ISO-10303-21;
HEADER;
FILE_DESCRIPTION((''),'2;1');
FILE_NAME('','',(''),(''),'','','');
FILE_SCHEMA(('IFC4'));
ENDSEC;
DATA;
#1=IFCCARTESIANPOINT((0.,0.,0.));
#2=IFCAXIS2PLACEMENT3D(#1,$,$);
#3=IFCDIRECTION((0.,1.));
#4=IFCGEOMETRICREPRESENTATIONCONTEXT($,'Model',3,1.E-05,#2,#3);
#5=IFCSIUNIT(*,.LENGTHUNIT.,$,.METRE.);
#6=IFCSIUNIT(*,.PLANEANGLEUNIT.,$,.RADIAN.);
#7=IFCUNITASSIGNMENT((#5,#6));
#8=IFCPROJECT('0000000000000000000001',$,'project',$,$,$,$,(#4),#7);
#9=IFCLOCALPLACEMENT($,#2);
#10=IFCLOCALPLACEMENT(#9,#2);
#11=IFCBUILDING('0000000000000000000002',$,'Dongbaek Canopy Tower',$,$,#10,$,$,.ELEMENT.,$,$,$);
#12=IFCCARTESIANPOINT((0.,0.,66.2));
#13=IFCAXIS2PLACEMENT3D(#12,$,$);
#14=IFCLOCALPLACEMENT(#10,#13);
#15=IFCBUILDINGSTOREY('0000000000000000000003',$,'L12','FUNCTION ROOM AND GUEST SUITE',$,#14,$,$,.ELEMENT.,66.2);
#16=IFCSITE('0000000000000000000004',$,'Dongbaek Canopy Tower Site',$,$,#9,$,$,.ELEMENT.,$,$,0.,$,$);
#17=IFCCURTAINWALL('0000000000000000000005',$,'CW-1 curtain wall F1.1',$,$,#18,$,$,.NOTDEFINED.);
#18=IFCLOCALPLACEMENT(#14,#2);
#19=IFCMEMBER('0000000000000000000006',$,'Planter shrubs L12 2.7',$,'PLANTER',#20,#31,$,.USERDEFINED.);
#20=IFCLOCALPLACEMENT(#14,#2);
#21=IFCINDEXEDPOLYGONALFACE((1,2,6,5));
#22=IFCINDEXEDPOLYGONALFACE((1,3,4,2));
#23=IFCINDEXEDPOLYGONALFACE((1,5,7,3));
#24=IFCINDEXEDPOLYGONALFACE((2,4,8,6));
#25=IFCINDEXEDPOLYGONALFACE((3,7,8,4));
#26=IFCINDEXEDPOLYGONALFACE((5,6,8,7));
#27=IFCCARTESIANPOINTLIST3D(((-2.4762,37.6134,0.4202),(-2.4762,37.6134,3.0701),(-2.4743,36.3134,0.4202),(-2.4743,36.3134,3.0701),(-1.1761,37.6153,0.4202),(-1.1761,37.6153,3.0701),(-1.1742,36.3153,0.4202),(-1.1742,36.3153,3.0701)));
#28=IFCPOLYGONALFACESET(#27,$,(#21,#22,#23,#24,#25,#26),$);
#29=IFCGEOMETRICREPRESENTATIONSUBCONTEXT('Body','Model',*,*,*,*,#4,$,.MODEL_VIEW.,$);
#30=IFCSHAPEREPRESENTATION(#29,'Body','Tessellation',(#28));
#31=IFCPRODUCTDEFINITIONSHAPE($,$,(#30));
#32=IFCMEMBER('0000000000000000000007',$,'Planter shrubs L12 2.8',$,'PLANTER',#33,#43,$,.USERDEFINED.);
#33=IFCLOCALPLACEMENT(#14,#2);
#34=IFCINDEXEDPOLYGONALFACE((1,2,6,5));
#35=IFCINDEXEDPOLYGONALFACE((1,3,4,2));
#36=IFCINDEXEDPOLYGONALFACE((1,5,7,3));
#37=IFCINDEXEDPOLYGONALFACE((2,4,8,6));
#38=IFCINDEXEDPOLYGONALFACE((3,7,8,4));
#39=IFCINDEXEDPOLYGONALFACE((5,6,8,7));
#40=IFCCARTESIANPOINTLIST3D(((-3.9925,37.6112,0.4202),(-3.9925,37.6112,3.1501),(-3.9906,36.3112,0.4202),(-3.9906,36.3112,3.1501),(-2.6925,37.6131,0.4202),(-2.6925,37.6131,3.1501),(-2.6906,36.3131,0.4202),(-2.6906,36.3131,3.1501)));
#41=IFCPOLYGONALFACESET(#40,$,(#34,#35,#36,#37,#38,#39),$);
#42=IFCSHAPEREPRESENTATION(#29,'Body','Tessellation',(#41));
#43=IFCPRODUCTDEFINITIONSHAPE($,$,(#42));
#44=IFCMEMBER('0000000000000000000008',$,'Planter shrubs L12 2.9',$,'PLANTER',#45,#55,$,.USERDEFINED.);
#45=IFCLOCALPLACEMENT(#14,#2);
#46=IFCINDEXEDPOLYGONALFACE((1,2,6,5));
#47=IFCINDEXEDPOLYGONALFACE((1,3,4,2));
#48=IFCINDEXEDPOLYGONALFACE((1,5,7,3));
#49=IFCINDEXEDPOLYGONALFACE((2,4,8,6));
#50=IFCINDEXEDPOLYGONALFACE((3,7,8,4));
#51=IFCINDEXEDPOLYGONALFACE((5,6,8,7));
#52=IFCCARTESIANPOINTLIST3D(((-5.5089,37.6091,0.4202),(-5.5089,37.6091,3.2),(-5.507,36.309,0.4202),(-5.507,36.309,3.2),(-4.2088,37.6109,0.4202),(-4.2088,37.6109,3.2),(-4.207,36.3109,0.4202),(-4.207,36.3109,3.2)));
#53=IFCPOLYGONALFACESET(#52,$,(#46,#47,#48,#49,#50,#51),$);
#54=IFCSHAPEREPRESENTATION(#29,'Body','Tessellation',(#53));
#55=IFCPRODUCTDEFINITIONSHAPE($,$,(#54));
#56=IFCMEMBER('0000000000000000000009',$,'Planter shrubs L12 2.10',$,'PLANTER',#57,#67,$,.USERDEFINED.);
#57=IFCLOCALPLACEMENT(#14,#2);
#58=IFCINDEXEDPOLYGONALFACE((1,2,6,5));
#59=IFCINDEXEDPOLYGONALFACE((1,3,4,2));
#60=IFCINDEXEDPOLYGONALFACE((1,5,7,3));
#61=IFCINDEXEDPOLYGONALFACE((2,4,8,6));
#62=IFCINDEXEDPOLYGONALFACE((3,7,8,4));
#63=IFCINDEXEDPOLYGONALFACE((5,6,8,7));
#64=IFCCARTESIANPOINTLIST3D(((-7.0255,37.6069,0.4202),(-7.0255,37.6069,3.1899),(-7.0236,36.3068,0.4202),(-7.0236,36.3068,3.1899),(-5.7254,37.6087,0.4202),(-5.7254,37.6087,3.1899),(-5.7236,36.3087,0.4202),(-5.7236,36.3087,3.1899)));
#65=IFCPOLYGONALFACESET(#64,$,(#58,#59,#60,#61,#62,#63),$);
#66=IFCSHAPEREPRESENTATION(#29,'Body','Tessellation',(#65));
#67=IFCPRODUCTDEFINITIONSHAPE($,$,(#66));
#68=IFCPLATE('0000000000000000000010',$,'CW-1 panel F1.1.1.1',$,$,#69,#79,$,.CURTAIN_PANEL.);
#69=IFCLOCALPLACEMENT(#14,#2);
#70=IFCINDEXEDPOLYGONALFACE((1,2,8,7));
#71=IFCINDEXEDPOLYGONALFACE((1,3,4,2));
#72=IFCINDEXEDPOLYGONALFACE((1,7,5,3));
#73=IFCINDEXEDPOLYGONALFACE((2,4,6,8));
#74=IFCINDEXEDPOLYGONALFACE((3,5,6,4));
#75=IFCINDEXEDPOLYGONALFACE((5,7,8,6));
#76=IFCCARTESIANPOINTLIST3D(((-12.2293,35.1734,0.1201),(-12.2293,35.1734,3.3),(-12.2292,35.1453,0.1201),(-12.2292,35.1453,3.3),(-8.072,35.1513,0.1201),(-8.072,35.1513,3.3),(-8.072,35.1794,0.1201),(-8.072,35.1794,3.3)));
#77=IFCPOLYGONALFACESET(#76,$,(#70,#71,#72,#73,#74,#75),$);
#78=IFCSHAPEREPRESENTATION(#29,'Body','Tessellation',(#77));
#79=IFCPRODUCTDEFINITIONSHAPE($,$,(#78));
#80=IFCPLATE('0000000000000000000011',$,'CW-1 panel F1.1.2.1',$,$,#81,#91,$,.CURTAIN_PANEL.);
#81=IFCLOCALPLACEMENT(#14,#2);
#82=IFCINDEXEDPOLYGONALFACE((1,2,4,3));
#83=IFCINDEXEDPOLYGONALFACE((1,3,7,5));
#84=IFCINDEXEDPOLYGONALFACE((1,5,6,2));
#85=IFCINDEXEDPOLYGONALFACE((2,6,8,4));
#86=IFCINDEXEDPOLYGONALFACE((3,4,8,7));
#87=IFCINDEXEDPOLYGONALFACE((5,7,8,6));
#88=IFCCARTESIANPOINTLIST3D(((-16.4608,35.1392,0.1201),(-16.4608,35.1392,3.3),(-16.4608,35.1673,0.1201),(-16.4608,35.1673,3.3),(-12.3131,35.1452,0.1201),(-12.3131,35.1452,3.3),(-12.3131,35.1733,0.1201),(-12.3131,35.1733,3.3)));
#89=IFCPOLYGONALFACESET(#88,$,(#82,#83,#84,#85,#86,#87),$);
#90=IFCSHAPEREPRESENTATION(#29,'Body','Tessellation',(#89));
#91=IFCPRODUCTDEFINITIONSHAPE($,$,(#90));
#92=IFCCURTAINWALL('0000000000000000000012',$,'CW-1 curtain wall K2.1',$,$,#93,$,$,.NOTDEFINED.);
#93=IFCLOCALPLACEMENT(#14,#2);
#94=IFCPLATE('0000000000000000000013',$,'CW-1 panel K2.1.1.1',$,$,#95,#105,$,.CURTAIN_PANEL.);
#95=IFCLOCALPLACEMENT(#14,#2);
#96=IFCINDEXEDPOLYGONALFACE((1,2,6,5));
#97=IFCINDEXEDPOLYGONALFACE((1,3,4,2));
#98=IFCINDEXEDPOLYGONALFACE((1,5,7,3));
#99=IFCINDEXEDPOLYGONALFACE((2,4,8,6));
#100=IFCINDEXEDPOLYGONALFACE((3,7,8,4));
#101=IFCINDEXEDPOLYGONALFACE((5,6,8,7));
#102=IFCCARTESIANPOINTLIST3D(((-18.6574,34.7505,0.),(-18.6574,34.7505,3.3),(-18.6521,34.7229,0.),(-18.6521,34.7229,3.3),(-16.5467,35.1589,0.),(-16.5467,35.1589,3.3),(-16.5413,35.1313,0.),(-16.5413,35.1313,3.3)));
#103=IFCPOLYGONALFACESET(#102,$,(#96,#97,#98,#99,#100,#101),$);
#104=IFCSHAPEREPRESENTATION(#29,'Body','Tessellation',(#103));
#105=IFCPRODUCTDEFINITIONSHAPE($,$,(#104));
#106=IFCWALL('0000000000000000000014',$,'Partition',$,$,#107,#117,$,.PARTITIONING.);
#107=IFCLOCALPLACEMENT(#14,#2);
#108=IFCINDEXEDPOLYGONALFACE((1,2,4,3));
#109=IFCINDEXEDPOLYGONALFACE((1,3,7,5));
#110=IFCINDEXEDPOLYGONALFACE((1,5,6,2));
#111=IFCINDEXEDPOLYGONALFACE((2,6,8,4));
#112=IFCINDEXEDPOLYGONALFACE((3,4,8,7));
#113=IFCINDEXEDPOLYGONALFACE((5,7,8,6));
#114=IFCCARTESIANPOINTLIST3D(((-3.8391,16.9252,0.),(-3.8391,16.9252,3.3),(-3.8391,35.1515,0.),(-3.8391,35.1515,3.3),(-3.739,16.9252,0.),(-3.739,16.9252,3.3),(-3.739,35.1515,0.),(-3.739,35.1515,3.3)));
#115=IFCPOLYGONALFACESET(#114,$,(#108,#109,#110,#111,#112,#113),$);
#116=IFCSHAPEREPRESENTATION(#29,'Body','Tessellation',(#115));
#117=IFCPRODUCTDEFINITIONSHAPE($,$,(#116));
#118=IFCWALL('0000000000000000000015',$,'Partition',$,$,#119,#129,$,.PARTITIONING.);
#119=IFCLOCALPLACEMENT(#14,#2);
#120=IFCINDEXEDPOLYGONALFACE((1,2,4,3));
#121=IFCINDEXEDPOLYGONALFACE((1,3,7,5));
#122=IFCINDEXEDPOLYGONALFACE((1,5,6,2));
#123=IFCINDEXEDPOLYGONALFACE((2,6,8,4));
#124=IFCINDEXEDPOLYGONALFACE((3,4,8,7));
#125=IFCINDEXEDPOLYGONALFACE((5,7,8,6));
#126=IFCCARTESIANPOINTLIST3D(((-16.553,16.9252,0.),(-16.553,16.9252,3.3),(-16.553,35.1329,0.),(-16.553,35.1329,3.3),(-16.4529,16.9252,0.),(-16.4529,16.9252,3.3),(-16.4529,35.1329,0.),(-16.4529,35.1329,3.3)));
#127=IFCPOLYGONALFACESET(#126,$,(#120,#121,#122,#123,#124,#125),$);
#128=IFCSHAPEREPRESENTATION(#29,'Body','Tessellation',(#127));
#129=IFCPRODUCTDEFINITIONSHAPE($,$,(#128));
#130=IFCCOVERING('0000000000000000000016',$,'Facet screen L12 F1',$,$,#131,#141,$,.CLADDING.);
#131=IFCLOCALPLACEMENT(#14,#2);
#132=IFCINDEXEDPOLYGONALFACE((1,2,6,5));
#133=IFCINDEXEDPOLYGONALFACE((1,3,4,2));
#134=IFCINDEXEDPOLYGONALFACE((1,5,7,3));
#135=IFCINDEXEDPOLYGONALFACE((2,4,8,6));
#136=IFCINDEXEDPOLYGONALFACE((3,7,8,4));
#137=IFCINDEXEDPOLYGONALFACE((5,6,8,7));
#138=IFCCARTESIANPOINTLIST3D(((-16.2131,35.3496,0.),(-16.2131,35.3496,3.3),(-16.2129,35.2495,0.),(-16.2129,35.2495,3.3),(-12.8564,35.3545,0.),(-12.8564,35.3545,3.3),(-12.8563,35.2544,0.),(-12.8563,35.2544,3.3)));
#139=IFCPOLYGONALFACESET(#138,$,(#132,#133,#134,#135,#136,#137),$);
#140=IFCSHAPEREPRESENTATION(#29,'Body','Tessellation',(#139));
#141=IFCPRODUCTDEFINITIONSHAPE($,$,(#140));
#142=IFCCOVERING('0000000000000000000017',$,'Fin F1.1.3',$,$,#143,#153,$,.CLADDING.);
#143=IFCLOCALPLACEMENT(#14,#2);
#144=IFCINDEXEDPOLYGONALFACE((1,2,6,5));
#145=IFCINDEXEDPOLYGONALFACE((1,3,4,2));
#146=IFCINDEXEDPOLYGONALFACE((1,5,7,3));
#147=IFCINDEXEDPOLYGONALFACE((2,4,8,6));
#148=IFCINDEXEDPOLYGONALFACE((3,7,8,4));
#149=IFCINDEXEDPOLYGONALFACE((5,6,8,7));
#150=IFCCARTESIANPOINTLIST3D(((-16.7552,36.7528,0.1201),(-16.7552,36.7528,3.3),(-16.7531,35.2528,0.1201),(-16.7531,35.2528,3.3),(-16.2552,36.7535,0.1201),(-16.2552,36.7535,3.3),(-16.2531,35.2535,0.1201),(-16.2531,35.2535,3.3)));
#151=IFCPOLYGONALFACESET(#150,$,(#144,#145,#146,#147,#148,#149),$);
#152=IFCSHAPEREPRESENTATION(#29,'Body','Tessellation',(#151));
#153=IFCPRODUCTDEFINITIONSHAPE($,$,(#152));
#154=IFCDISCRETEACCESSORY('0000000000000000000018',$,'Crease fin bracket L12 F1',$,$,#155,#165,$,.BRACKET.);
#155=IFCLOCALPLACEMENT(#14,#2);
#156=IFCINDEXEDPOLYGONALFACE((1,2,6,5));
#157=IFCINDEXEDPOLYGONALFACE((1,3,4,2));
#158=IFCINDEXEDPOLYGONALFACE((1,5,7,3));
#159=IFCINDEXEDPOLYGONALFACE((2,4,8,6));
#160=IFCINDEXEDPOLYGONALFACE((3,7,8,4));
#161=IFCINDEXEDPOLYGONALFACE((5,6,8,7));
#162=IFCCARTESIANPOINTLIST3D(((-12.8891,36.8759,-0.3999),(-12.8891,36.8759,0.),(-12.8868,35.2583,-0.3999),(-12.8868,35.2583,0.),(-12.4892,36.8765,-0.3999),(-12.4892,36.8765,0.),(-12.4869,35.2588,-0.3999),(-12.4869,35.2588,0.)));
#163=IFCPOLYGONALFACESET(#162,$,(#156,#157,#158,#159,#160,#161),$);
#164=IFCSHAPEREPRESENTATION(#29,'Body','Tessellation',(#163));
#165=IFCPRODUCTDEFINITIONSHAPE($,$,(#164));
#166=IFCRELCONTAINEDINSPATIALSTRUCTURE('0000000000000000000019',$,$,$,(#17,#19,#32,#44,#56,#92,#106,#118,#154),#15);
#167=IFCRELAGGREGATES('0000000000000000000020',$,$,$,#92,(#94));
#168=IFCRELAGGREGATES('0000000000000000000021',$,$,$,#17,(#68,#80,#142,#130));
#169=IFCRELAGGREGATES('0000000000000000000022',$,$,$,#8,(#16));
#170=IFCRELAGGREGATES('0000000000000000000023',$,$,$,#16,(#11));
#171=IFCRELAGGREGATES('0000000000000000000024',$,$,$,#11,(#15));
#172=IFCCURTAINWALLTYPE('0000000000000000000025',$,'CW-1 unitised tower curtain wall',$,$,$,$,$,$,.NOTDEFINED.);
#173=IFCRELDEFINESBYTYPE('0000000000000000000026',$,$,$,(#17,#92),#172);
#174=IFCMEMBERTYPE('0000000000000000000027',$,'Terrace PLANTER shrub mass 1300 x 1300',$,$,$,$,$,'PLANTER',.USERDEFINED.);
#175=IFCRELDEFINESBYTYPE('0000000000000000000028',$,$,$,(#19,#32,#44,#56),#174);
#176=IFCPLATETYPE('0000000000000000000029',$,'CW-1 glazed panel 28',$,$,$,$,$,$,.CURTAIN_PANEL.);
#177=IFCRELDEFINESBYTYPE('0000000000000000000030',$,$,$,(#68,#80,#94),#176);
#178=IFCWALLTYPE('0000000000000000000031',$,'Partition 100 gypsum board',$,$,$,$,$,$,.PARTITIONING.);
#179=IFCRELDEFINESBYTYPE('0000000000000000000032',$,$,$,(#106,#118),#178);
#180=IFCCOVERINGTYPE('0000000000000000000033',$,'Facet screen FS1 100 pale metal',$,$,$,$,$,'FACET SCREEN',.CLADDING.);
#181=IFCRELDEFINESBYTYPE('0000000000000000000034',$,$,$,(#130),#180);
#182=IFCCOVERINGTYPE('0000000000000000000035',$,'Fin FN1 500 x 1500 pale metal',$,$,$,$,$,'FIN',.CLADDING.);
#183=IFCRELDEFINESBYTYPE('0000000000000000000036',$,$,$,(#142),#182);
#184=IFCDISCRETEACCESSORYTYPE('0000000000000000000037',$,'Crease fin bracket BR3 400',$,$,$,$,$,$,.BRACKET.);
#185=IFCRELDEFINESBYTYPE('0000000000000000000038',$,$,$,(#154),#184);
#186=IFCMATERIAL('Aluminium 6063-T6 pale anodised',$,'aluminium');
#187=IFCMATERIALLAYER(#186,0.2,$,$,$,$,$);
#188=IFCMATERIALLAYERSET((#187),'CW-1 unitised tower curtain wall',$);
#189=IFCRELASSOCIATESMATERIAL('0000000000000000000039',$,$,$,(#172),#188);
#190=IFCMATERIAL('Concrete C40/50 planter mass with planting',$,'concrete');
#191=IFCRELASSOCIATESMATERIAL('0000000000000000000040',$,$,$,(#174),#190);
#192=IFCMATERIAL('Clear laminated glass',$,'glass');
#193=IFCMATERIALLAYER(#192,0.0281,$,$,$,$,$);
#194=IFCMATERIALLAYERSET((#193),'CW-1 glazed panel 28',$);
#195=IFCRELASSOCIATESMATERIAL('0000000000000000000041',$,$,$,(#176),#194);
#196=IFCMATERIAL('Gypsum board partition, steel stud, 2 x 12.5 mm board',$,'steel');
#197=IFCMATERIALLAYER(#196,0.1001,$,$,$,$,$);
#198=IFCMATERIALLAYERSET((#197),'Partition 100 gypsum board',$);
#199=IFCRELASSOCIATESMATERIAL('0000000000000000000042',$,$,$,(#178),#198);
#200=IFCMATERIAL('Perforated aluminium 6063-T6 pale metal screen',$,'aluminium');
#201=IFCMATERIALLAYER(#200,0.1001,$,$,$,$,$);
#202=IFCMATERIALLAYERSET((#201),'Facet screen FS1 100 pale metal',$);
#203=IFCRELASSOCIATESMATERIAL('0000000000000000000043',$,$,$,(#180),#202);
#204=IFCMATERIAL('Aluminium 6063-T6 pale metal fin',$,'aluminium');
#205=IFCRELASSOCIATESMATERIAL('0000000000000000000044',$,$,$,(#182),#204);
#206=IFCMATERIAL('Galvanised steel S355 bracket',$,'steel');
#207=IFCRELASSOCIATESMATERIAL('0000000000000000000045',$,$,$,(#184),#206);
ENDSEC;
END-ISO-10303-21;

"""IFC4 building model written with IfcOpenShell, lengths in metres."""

from ifc_helpers import new_model, si_unit, direction, frame, frame_2d, origin, origin_2d, place, context, subcontext, project, spatial, rectangle, extrude, material, layer, layer_set, material_profile, profile_set, type_object, element, aggregate, save


model = new_model("IFC4")

# Units and contexts
model_context = context("Model", 3, precision=1e-05, world=origin(), true_north=direction((0.0, 1.0)))
body_context = subcontext(model_context, "Body", "Model", "MODEL_VIEW")
ifc_project = project(units=[si_unit("LENGTHUNIT", "METRE"), si_unit("PLANEANGLEUNIT", "RADIAN")], contexts=[model_context])

# Site, building, storey
site_placement = place(None, origin())
site = spatial("IfcSite", under=ifc_project, at=site_placement, Name="Dongbaek Canopy Tower Site", CompositionType="ELEMENT", RefElevation=0.0)
building_placement = place(site_placement, origin())
building = spatial("IfcBuilding", under=site, at=building_placement, Name="Dongbaek Canopy Tower", CompositionType="ELEMENT")
storey_placement = place(building_placement, frame((0.0, 0.0, 66.2)))
storey = spatial("IfcBuildingStorey", under=building, at=storey_placement, Name="L12", Description="FUNCTION ROOM AND GUEST SUITE", CompositionType="ELEMENT", Elevation=66.2)

# Curtain wall
ifc_material_1 = material(Name="Aluminium 6063-T6 pale anodised", Category="aluminium")
ifc_layer_1 = layer(ifc_material_1, 0.2)
ifc_layer_set_1 = layer_set([ifc_layer_1], Name="CW-1 unitised tower curtain wall")
curtain_wall_type = type_object("IfcCurtainWallType", Name="CW-1 unitised tower curtain wall", PredefinedType="NOTDEFINED", material=ifc_layer_set_1)
curtain_wall_1_placement = place(storey_placement, origin())
curtain_wall_1 = element("IfcCurtainWall", 1, at=curtain_wall_1_placement, inside=storey, type_object=curtain_wall_type, Name="CW-1 curtain wall F1.1", PredefinedType="NOTDEFINED")

# Members
ifc_material_2 = material(Name="Concrete C40/50 planter mass with planting", Category="concrete")
ifc_material_profile_1 = material_profile(ifc_material_2, rectangle(XDim=1.3, YDim=1.3, at=origin_2d()), Name="Terrace PLANTER shrub mass 1300 x 1300")
ifc_profile_set_1 = profile_set([ifc_material_profile_1], Name="Concrete C40/50 planter mass with planting")
member_type_1 = type_object("IfcMemberType", Name="Terrace PLANTER shrub mass 1300 x 1300", ElementType="PLANTER", PredefinedType="USERDEFINED", material=ifc_profile_set_1)
member_1_placement = place(storey_placement, frame((-1.8252, 36.9644, 0.4202), z_axis=(0.0, 0.0, 1.0), x_axis=(-0.001434, 0.999999, 0.0)))
element("IfcMember", 2, at=member_1_placement, inside=storey, type_object=member_type_1, Name="Planter shrubs L12 2.7", ObjectType="PLANTER", PredefinedType="USERDEFINED", context=body_context, shape_type="SweptSolid", body=[
    extrude(rectangle(XDim=1.3, YDim=1.3, at=origin_2d()), origin(), (0.0, 0.0, 1.0), 2.6499),
])
member_2_placement = place(storey_placement, frame((-3.3416, 36.9622, 0.4202), z_axis=(0.0, 0.0, 1.0), x_axis=(-0.001434, 0.999999, 0.0)))
element("IfcMember", 3, at=member_2_placement, inside=storey, type_object=member_type_1, Name="Planter shrubs L12 2.8", ObjectType="PLANTER", PredefinedType="USERDEFINED", context=body_context, shape_type="SweptSolid", body=[
    extrude(rectangle(XDim=1.3, YDim=1.3, at=origin_2d()), origin(), (0.0, 0.0, 1.0), 2.73),
])
member_3_placement = place(storey_placement, frame((-4.8579, 36.96, 0.4202), z_axis=(0.0, 0.0, 1.0), x_axis=(-0.001434, 0.999999, 0.0)))
element("IfcMember", 4, at=member_3_placement, inside=storey, type_object=member_type_1, Name="Planter shrubs L12 2.9", ObjectType="PLANTER", PredefinedType="USERDEFINED", context=body_context, shape_type="SweptSolid", body=[
    extrude(rectangle(XDim=1.3, YDim=1.3, at=origin_2d()), origin(), (0.0, 0.0, 1.0), 2.7798),
])
member_4_placement = place(storey_placement, frame((-6.3745, 36.9578, 0.4202), z_axis=(0.0, 0.0, 1.0), x_axis=(-0.001434, 0.999999, 0.0)))
element("IfcMember", 5, at=member_4_placement, inside=storey, type_object=member_type_1, Name="Planter shrubs L12 2.10", ObjectType="PLANTER", PredefinedType="USERDEFINED", context=body_context, shape_type="SweptSolid", body=[
    extrude(rectangle(XDim=1.3, YDim=1.3, at=origin_2d()), origin(), (0.0, 0.0, 1.0), 2.7698),
])

# Plates
ifc_material_3 = material(Name="Clear laminated glass", Category="glass")
ifc_layer_2 = layer(ifc_material_3, 0.0281)
ifc_layer_set_2 = layer_set([ifc_layer_2], Name="CW-1 glazed panel 28")
plate_type = type_object("IfcPlateType", Name="CW-1 glazed panel 28", PredefinedType="CURTAIN_PANEL", material=ifc_layer_set_2)
plate_1_placement = place(storey_placement, frame((-10.1506, 35.1624, 0.1201), z_axis=(0.0, 0.0, 1.0), x_axis=(-0.999999, -0.001434, 0.0)))
plate_1 = element("IfcPlate", 6, at=plate_1_placement, type_object=plate_type, Name="CW-1 panel F1.1.1.1", PredefinedType="CURTAIN_PANEL", context=body_context, shape_type="SweptSolid", body=[
    extrude(rectangle(XDim=4.1572, YDim=0.0281, at=origin_2d()), origin(), (0.0, 0.0, 1.0), 3.1799),
])
plate_2_placement = place(storey_placement, frame((-14.387, 35.1562, 0.1201), z_axis=(0.0, 0.0, 1.0), x_axis=(-0.999999, -0.001434, 0.0)))
plate_2 = element("IfcPlate", 7, at=plate_2_placement, type_object=plate_type, Name="CW-1 panel F1.1.2.1", PredefinedType="CURTAIN_PANEL", context=body_context, shape_type="SweptSolid", body=[
    extrude(rectangle(XDim=4.1477, YDim=0.0281, at=origin_2d()), origin(), (0.0, 0.0, 1.0), 3.1799),
])

# Curtain wall, plate
curtain_wall_2_placement = place(storey_placement, origin())
curtain_wall_2 = element("IfcCurtainWall", 8, at=curtain_wall_2_placement, inside=storey, type_object=curtain_wall_type, Name="CW-1 curtain wall K2.1", PredefinedType="NOTDEFINED")
plate_3_placement = place(storey_placement, frame((-17.5994, 34.9409, 0.0), z_axis=(0.0, 0.0, 1.0), x_axis=(-0.981793, -0.189955, 0.0)))
plate_3 = element("IfcPlate", 9, at=plate_3_placement, type_object=plate_type, Name="CW-1 panel K2.1.1.1", PredefinedType="CURTAIN_PANEL", context=body_context, shape_type="SweptSolid", body=[
    extrude(rectangle(XDim=2.1499, YDim=0.0281, at=origin_2d()), origin(), (0.0, 0.0, 1.0), 3.3),
])
aggregate(curtain_wall_2, [plate_3])

# Walls
ifc_material_4 = material(Name="Gypsum board partition, steel stud, 2 x 12.5 mm board", Category="steel")
ifc_layer_3 = layer(ifc_material_4, 0.1001)
ifc_layer_set_3 = layer_set([ifc_layer_3], Name="Partition 100 gypsum board")
wall_type = type_object("IfcWallType", Name="Partition 100 gypsum board", PredefinedType="PARTITIONING", material=ifc_layer_set_3)
wall_1_placement = place(storey_placement, frame((-3.7891, 16.925, 0.0), z_axis=(0.0, 0.0, 1.0), x_axis=(0.0, 1.0, 0.0)))
element("IfcWall", 10, at=wall_1_placement, inside=storey, type_object=wall_type, Name="Partition", PredefinedType="PARTITIONING", context=body_context, shape_type="SweptSolid", body=[
    extrude(rectangle(XDim=18.2263, YDim=0.1001, at=frame_2d((9.1133, 0.0))), origin(), (0.0, 0.0, 1.0), 3.3),
])
wall_2_placement = place(storey_placement, frame((-16.5029, 16.925, 0.0), z_axis=(0.0, 0.0, 1.0), x_axis=(0.0, 1.0, 0.0)))
element("IfcWall", 11, at=wall_2_placement, inside=storey, type_object=wall_type, Name="Partition", PredefinedType="PARTITIONING", context=body_context, shape_type="SweptSolid", body=[
    extrude(rectangle(XDim=18.2078, YDim=0.1001, at=frame_2d((9.104, 0.0))), origin(), (0.0, 0.0, 1.0), 3.3),
])

# Coverings
ifc_material_5 = material(Name="Perforated aluminium 6063-T6 pale metal screen", Category="aluminium")
ifc_layer_4 = layer(ifc_material_5, 0.1001)
ifc_layer_set_4 = layer_set([ifc_layer_4], Name="Facet screen FS1 100 pale metal")
covering_type_1 = type_object("IfcCoveringType", Name="Facet screen FS1 100 pale metal", ElementType="FACET SCREEN", PredefinedType="CLADDING", material=ifc_layer_set_4)
covering_1_placement = place(storey_placement, frame((-14.5347, 35.302, 0.0), z_axis=(0.0, 0.0, 1.0), x_axis=(-0.999999, -0.001435, 0.0)))
covering_1 = element("IfcCovering", 12, at=covering_1_placement, type_object=covering_type_1, Name="Facet screen L12 F1", PredefinedType="CLADDING", context=body_context, shape_type="SweptSolid", body=[
    extrude(rectangle(XDim=3.3567, YDim=0.1001, at=origin_2d()), origin(), (0.0, 0.0, 1.0), 3.3),
])
ifc_material_6 = material(Name="Aluminium 6063-T6 pale metal fin", Category="aluminium")
ifc_material_profile_2 = material_profile(ifc_material_6, rectangle(XDim=1.5, YDim=0.5, at=origin_2d()), Name="Fin FN1 500 x 1500 pale metal")
ifc_profile_set_2 = profile_set([ifc_material_profile_2], Name="Aluminium 6063-T6 pale metal fin")
covering_type_2 = type_object("IfcCoveringType", Name="Fin FN1 500 x 1500 pale metal", ElementType="FIN", PredefinedType="CLADDING", material=ifc_profile_set_2)
covering_2_placement = place(storey_placement, frame((-16.5042, 36.0032, 0.1201), z_axis=(0.0, 0.0, 1.0), x_axis=(-0.001434, 0.999999, 0.0)))
covering_2 = element("IfcCovering", 13, at=covering_2_placement, type_object=covering_type_2, Name="Fin F1.1.3", PredefinedType="CLADDING", context=body_context, shape_type="SweptSolid", body=[
    extrude(rectangle(XDim=1.5, YDim=0.5, at=origin_2d()), origin(), (0.0, 0.0, 1.0), 3.1799),
])
aggregate(curtain_wall_1, [plate_1, plate_2, covering_2, covering_1])

# Discrete accessory
ifc_material_7 = material(Name="Galvanised steel S355 bracket", Category="steel")
discrete_accessory_type = type_object("IfcDiscreteAccessoryType", Name="Crease fin bracket BR3 400", PredefinedType="BRACKET", material=ifc_material_7)
discrete_accessory_placement = place(storey_placement, frame((-12.688, 36.0674, -0.3999), z_axis=(0.0, 0.0, 1.0), x_axis=(-0.001435, 0.999999, 0.0)))
element("IfcDiscreteAccessory", 14, at=discrete_accessory_placement, inside=storey, type_object=discrete_accessory_type, Name="Crease fin bracket L12 F1", PredefinedType="BRACKET", context=body_context, shape_type="SweptSolid", body=[
    extrude(rectangle(XDim=1.6177, YDim=0.3999, at=origin_2d()), origin(), (0.0, 0.0, 1.0), 0.3999),
])

save(model, "model.ifc")
